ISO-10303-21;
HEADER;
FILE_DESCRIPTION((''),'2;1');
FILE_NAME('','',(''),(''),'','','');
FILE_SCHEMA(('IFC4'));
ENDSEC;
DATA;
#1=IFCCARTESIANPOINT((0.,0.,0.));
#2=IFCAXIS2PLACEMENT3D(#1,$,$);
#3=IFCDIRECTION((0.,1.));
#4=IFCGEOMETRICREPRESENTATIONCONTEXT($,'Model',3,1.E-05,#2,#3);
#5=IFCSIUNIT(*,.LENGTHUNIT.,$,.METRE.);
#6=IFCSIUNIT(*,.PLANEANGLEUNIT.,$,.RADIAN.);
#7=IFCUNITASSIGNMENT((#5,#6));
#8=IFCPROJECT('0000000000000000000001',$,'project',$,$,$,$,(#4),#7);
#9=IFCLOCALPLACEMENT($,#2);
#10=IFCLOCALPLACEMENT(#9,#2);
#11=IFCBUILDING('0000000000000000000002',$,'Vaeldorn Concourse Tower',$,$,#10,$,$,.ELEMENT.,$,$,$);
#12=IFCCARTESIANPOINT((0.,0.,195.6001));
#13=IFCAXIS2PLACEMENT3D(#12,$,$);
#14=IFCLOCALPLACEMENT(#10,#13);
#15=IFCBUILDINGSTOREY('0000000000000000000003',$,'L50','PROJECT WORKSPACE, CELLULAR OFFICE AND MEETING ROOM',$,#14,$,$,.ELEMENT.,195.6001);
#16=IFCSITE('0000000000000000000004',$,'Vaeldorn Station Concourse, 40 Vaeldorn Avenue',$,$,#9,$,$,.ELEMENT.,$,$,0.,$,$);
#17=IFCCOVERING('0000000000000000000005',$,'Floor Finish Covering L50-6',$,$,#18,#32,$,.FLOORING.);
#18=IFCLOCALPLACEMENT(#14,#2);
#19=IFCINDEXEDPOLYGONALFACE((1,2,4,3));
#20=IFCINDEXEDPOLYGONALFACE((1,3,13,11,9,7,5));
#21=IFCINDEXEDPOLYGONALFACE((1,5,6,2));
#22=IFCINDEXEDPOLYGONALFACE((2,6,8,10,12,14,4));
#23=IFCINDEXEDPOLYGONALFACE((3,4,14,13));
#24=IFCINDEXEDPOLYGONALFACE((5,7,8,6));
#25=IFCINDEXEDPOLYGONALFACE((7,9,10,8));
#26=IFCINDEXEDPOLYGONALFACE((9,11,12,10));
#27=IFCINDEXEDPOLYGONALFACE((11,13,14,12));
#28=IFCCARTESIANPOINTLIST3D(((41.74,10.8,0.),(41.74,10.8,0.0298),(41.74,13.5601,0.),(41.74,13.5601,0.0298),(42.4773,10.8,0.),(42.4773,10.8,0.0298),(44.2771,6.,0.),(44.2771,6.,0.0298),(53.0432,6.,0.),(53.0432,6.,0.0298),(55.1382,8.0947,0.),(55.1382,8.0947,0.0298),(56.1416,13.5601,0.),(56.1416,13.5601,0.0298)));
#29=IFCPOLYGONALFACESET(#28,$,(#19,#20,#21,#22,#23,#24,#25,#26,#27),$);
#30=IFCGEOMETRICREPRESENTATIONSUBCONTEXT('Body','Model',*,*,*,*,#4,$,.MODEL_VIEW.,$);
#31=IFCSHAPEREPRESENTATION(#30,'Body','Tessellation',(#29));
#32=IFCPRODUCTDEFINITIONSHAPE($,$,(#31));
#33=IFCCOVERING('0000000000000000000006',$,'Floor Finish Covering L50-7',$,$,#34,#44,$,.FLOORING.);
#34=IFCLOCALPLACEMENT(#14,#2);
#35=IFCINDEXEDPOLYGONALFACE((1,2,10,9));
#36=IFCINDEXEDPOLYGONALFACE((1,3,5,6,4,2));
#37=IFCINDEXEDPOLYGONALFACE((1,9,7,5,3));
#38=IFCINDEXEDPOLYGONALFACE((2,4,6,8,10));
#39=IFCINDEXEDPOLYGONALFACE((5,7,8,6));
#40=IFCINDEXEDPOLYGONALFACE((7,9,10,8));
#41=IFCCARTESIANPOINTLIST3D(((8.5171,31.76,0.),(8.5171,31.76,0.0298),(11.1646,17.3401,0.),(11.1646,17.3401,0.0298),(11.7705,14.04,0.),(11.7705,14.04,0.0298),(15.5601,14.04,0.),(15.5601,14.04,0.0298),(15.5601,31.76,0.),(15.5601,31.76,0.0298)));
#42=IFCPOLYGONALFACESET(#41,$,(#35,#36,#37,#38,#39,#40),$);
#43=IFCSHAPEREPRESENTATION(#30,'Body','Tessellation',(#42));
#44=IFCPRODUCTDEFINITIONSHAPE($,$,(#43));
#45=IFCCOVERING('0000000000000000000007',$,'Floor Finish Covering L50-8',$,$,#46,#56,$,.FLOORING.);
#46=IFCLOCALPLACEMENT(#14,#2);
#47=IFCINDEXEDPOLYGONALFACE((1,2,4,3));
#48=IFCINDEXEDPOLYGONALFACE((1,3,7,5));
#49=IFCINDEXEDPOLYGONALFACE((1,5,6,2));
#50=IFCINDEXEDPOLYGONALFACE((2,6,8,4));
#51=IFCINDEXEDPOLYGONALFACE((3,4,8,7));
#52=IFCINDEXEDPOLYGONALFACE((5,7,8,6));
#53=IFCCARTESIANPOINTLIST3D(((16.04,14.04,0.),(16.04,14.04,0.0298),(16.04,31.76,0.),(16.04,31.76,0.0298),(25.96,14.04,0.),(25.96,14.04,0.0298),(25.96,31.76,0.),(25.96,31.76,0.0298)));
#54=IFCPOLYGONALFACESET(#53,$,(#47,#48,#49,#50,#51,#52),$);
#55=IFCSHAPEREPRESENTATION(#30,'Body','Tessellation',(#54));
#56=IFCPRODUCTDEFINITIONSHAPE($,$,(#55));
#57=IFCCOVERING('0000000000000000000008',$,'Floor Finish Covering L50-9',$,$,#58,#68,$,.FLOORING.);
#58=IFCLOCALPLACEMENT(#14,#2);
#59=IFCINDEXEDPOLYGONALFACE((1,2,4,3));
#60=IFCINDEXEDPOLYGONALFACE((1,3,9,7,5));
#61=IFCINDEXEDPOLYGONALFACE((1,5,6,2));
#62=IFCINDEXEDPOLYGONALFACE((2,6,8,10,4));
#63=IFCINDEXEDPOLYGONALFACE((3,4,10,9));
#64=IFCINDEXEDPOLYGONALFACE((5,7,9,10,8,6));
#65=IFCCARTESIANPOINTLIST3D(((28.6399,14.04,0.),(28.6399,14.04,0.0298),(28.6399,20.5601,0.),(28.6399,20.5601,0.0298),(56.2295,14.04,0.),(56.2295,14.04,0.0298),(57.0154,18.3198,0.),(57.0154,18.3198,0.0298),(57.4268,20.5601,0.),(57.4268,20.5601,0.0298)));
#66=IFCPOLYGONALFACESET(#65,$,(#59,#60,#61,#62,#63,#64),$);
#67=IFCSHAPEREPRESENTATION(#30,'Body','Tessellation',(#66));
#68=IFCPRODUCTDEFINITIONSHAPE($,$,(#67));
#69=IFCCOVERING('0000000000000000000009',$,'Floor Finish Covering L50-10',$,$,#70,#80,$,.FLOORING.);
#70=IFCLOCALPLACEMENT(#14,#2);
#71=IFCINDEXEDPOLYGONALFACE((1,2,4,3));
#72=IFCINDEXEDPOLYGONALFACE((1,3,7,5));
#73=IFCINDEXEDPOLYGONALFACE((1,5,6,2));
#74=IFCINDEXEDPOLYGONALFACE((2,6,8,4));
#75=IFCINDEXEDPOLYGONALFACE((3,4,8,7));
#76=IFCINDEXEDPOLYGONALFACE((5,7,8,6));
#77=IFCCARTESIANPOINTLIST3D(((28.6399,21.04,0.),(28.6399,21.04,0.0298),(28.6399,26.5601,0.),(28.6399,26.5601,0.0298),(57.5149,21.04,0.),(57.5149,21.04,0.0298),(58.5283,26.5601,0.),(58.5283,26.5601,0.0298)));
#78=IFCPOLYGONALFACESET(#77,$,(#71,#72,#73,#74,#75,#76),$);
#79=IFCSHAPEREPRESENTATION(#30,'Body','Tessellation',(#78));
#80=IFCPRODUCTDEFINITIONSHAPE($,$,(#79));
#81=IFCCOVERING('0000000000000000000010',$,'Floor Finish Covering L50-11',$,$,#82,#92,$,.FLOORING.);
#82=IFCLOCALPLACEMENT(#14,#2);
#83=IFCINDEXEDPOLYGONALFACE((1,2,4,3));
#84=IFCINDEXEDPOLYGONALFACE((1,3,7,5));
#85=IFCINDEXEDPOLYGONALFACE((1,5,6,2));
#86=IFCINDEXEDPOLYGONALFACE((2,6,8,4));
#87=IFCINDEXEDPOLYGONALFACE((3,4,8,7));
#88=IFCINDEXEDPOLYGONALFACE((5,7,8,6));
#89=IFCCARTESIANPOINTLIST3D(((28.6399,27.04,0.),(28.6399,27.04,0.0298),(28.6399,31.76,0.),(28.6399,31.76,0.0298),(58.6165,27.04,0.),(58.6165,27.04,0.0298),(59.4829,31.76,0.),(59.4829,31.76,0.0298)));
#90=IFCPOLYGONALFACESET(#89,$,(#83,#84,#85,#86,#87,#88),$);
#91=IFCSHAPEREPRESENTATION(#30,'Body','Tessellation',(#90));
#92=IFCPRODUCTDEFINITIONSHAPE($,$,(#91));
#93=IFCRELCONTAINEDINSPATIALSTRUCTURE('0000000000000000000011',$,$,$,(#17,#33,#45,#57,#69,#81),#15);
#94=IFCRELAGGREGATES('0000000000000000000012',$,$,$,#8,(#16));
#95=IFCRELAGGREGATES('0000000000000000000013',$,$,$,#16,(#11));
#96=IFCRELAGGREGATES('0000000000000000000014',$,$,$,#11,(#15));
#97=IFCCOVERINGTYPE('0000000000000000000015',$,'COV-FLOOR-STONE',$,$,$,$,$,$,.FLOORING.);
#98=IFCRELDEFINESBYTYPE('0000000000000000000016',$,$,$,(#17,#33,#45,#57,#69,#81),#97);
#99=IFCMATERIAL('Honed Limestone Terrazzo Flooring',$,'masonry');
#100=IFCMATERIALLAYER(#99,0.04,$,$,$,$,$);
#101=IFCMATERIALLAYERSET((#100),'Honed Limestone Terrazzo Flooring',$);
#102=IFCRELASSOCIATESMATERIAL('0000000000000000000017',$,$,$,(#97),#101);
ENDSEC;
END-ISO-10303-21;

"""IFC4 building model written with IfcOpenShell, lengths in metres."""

from ifc_helpers import new_model, si_unit, direction, frame, origin, place, context, subcontext, project, spatial, polyline, outline, extrude, material, layer, layer_set, type_object, element, save


model = new_model("IFC4")

# Units and contexts
model_context = context("Model", 3, precision=1e-05, world=origin(), true_north=direction((0.0, 1.0)))
body_context = subcontext(model_context, "Body", "Model", "MODEL_VIEW")
ifc_project = project(units=[si_unit("LENGTHUNIT", "METRE"), si_unit("PLANEANGLEUNIT", "RADIAN")], contexts=[model_context])

# Site, building, storey
site_placement = place(None, origin())
site = spatial("IfcSite", under=ifc_project, at=site_placement, Name="Vaeldorn Station Concourse, 40 Vaeldorn Avenue", CompositionType="ELEMENT", RefElevation=0.0)
building_placement = place(site_placement, origin())
building = spatial("IfcBuilding", under=site, at=building_placement, Name="Vaeldorn Concourse Tower", CompositionType="ELEMENT")
storey_placement = place(building_placement, frame((0.0, 0.0, 195.6001)))
storey = spatial("IfcBuildingStorey", under=building, at=storey_placement, Name="L50", Description="PROJECT WORKSPACE, CELLULAR OFFICE AND MEETING ROOM", CompositionType="ELEMENT", Elevation=195.6001)

# Coverings
ifc_material_1 = material(Name="Honed Limestone Terrazzo Flooring", Category="masonry")
ifc_layer_1 = layer(ifc_material_1, 0.04)
ifc_layer_set_1 = layer_set([ifc_layer_1], Name="Honed Limestone Terrazzo Flooring")
covering_type_1 = type_object("IfcCoveringType", Name="COV-FLOOR-STONE", PredefinedType="FLOORING", material=ifc_layer_set_1)
covering_1_placement = place(storey_placement, origin())
element("IfcCovering", 1, at=covering_1_placement, inside=storey, type_object=covering_type_1, Name="Floor Finish Covering L50-6", PredefinedType="FLOORING", context=body_context, shape_type="SweptSolid", body=[
    extrude(outline(polyline([(41.74, 10.8), (41.74, 13.5601), (56.1416, 13.5601), (55.1382, 8.0947), (53.0432, 6.0), (44.2771, 6.0), (42.4773, 10.8), (41.74, 10.8)])), origin(), (0.0, 0.0, 1.0), 0.0298),
])
covering_2_placement = place(storey_placement, origin())
element("IfcCovering", 2, at=covering_2_placement, inside=storey, type_object=covering_type_1, Name="Floor Finish Covering L50-7", PredefinedType="FLOORING", context=body_context, shape_type="SweptSolid", body=[
    extrude(outline(polyline([(15.5601, 31.76), (15.5601, 14.04), (11.7705, 14.04), (11.1646, 17.3401), (11.1646, 17.3401), (8.5171, 31.76), (15.5601, 31.76)])), origin(), (0.0, 0.0, 1.0), 0.0298),
])
covering_3_placement = place(storey_placement, origin())
element("IfcCovering", 3, at=covering_3_placement, inside=storey, type_object=covering_type_1, Name="Floor Finish Covering L50-8", PredefinedType="FLOORING", context=body_context, shape_type="SweptSolid", body=[
    extrude(outline(polyline([(16.04, 31.76), (25.96, 31.76), (25.96, 14.04), (16.04, 14.04), (16.04, 31.76)])), origin(), (0.0, 0.0, 1.0), 0.0298),
])
covering_4_placement = place(storey_placement, origin())
element("IfcCovering", 4, at=covering_4_placement, inside=storey, type_object=covering_type_1, Name="Floor Finish Covering L50-9", PredefinedType="FLOORING", context=body_context, shape_type="SweptSolid", body=[
    extrude(outline(polyline([(28.6399, 14.04), (28.6399, 20.5601), (57.4268, 20.5601), (57.0154, 18.3198), (56.2295, 14.04), (28.6399, 14.04)])), origin(), (0.0, 0.0, 1.0), 0.0298),
])
covering_5_placement = place(storey_placement, origin())
element("IfcCovering", 5, at=covering_5_placement, inside=storey, type_object=covering_type_1, Name="Floor Finish Covering L50-10", PredefinedType="FLOORING", context=body_context, shape_type="SweptSolid", body=[
    extrude(outline(polyline([(28.6399, 21.04), (28.6399, 26.5601), (58.5283, 26.5601), (57.5149, 21.04), (28.6399, 21.04)])), origin(), (0.0, 0.0, 1.0), 0.0298),
])
covering_6_placement = place(storey_placement, origin())
element("IfcCovering", 6, at=covering_6_placement, inside=storey, type_object=covering_type_1, Name="Floor Finish Covering L50-11", PredefinedType="FLOORING", context=body_context, shape_type="SweptSolid", body=[
    extrude(outline(polyline([(28.6399, 31.76), (59.4829, 31.76), (58.6165, 27.04), (28.6399, 27.04), (28.6399, 31.76)])), origin(), (0.0, 0.0, 1.0), 0.0298),
])

save(model, "model.ifc")
